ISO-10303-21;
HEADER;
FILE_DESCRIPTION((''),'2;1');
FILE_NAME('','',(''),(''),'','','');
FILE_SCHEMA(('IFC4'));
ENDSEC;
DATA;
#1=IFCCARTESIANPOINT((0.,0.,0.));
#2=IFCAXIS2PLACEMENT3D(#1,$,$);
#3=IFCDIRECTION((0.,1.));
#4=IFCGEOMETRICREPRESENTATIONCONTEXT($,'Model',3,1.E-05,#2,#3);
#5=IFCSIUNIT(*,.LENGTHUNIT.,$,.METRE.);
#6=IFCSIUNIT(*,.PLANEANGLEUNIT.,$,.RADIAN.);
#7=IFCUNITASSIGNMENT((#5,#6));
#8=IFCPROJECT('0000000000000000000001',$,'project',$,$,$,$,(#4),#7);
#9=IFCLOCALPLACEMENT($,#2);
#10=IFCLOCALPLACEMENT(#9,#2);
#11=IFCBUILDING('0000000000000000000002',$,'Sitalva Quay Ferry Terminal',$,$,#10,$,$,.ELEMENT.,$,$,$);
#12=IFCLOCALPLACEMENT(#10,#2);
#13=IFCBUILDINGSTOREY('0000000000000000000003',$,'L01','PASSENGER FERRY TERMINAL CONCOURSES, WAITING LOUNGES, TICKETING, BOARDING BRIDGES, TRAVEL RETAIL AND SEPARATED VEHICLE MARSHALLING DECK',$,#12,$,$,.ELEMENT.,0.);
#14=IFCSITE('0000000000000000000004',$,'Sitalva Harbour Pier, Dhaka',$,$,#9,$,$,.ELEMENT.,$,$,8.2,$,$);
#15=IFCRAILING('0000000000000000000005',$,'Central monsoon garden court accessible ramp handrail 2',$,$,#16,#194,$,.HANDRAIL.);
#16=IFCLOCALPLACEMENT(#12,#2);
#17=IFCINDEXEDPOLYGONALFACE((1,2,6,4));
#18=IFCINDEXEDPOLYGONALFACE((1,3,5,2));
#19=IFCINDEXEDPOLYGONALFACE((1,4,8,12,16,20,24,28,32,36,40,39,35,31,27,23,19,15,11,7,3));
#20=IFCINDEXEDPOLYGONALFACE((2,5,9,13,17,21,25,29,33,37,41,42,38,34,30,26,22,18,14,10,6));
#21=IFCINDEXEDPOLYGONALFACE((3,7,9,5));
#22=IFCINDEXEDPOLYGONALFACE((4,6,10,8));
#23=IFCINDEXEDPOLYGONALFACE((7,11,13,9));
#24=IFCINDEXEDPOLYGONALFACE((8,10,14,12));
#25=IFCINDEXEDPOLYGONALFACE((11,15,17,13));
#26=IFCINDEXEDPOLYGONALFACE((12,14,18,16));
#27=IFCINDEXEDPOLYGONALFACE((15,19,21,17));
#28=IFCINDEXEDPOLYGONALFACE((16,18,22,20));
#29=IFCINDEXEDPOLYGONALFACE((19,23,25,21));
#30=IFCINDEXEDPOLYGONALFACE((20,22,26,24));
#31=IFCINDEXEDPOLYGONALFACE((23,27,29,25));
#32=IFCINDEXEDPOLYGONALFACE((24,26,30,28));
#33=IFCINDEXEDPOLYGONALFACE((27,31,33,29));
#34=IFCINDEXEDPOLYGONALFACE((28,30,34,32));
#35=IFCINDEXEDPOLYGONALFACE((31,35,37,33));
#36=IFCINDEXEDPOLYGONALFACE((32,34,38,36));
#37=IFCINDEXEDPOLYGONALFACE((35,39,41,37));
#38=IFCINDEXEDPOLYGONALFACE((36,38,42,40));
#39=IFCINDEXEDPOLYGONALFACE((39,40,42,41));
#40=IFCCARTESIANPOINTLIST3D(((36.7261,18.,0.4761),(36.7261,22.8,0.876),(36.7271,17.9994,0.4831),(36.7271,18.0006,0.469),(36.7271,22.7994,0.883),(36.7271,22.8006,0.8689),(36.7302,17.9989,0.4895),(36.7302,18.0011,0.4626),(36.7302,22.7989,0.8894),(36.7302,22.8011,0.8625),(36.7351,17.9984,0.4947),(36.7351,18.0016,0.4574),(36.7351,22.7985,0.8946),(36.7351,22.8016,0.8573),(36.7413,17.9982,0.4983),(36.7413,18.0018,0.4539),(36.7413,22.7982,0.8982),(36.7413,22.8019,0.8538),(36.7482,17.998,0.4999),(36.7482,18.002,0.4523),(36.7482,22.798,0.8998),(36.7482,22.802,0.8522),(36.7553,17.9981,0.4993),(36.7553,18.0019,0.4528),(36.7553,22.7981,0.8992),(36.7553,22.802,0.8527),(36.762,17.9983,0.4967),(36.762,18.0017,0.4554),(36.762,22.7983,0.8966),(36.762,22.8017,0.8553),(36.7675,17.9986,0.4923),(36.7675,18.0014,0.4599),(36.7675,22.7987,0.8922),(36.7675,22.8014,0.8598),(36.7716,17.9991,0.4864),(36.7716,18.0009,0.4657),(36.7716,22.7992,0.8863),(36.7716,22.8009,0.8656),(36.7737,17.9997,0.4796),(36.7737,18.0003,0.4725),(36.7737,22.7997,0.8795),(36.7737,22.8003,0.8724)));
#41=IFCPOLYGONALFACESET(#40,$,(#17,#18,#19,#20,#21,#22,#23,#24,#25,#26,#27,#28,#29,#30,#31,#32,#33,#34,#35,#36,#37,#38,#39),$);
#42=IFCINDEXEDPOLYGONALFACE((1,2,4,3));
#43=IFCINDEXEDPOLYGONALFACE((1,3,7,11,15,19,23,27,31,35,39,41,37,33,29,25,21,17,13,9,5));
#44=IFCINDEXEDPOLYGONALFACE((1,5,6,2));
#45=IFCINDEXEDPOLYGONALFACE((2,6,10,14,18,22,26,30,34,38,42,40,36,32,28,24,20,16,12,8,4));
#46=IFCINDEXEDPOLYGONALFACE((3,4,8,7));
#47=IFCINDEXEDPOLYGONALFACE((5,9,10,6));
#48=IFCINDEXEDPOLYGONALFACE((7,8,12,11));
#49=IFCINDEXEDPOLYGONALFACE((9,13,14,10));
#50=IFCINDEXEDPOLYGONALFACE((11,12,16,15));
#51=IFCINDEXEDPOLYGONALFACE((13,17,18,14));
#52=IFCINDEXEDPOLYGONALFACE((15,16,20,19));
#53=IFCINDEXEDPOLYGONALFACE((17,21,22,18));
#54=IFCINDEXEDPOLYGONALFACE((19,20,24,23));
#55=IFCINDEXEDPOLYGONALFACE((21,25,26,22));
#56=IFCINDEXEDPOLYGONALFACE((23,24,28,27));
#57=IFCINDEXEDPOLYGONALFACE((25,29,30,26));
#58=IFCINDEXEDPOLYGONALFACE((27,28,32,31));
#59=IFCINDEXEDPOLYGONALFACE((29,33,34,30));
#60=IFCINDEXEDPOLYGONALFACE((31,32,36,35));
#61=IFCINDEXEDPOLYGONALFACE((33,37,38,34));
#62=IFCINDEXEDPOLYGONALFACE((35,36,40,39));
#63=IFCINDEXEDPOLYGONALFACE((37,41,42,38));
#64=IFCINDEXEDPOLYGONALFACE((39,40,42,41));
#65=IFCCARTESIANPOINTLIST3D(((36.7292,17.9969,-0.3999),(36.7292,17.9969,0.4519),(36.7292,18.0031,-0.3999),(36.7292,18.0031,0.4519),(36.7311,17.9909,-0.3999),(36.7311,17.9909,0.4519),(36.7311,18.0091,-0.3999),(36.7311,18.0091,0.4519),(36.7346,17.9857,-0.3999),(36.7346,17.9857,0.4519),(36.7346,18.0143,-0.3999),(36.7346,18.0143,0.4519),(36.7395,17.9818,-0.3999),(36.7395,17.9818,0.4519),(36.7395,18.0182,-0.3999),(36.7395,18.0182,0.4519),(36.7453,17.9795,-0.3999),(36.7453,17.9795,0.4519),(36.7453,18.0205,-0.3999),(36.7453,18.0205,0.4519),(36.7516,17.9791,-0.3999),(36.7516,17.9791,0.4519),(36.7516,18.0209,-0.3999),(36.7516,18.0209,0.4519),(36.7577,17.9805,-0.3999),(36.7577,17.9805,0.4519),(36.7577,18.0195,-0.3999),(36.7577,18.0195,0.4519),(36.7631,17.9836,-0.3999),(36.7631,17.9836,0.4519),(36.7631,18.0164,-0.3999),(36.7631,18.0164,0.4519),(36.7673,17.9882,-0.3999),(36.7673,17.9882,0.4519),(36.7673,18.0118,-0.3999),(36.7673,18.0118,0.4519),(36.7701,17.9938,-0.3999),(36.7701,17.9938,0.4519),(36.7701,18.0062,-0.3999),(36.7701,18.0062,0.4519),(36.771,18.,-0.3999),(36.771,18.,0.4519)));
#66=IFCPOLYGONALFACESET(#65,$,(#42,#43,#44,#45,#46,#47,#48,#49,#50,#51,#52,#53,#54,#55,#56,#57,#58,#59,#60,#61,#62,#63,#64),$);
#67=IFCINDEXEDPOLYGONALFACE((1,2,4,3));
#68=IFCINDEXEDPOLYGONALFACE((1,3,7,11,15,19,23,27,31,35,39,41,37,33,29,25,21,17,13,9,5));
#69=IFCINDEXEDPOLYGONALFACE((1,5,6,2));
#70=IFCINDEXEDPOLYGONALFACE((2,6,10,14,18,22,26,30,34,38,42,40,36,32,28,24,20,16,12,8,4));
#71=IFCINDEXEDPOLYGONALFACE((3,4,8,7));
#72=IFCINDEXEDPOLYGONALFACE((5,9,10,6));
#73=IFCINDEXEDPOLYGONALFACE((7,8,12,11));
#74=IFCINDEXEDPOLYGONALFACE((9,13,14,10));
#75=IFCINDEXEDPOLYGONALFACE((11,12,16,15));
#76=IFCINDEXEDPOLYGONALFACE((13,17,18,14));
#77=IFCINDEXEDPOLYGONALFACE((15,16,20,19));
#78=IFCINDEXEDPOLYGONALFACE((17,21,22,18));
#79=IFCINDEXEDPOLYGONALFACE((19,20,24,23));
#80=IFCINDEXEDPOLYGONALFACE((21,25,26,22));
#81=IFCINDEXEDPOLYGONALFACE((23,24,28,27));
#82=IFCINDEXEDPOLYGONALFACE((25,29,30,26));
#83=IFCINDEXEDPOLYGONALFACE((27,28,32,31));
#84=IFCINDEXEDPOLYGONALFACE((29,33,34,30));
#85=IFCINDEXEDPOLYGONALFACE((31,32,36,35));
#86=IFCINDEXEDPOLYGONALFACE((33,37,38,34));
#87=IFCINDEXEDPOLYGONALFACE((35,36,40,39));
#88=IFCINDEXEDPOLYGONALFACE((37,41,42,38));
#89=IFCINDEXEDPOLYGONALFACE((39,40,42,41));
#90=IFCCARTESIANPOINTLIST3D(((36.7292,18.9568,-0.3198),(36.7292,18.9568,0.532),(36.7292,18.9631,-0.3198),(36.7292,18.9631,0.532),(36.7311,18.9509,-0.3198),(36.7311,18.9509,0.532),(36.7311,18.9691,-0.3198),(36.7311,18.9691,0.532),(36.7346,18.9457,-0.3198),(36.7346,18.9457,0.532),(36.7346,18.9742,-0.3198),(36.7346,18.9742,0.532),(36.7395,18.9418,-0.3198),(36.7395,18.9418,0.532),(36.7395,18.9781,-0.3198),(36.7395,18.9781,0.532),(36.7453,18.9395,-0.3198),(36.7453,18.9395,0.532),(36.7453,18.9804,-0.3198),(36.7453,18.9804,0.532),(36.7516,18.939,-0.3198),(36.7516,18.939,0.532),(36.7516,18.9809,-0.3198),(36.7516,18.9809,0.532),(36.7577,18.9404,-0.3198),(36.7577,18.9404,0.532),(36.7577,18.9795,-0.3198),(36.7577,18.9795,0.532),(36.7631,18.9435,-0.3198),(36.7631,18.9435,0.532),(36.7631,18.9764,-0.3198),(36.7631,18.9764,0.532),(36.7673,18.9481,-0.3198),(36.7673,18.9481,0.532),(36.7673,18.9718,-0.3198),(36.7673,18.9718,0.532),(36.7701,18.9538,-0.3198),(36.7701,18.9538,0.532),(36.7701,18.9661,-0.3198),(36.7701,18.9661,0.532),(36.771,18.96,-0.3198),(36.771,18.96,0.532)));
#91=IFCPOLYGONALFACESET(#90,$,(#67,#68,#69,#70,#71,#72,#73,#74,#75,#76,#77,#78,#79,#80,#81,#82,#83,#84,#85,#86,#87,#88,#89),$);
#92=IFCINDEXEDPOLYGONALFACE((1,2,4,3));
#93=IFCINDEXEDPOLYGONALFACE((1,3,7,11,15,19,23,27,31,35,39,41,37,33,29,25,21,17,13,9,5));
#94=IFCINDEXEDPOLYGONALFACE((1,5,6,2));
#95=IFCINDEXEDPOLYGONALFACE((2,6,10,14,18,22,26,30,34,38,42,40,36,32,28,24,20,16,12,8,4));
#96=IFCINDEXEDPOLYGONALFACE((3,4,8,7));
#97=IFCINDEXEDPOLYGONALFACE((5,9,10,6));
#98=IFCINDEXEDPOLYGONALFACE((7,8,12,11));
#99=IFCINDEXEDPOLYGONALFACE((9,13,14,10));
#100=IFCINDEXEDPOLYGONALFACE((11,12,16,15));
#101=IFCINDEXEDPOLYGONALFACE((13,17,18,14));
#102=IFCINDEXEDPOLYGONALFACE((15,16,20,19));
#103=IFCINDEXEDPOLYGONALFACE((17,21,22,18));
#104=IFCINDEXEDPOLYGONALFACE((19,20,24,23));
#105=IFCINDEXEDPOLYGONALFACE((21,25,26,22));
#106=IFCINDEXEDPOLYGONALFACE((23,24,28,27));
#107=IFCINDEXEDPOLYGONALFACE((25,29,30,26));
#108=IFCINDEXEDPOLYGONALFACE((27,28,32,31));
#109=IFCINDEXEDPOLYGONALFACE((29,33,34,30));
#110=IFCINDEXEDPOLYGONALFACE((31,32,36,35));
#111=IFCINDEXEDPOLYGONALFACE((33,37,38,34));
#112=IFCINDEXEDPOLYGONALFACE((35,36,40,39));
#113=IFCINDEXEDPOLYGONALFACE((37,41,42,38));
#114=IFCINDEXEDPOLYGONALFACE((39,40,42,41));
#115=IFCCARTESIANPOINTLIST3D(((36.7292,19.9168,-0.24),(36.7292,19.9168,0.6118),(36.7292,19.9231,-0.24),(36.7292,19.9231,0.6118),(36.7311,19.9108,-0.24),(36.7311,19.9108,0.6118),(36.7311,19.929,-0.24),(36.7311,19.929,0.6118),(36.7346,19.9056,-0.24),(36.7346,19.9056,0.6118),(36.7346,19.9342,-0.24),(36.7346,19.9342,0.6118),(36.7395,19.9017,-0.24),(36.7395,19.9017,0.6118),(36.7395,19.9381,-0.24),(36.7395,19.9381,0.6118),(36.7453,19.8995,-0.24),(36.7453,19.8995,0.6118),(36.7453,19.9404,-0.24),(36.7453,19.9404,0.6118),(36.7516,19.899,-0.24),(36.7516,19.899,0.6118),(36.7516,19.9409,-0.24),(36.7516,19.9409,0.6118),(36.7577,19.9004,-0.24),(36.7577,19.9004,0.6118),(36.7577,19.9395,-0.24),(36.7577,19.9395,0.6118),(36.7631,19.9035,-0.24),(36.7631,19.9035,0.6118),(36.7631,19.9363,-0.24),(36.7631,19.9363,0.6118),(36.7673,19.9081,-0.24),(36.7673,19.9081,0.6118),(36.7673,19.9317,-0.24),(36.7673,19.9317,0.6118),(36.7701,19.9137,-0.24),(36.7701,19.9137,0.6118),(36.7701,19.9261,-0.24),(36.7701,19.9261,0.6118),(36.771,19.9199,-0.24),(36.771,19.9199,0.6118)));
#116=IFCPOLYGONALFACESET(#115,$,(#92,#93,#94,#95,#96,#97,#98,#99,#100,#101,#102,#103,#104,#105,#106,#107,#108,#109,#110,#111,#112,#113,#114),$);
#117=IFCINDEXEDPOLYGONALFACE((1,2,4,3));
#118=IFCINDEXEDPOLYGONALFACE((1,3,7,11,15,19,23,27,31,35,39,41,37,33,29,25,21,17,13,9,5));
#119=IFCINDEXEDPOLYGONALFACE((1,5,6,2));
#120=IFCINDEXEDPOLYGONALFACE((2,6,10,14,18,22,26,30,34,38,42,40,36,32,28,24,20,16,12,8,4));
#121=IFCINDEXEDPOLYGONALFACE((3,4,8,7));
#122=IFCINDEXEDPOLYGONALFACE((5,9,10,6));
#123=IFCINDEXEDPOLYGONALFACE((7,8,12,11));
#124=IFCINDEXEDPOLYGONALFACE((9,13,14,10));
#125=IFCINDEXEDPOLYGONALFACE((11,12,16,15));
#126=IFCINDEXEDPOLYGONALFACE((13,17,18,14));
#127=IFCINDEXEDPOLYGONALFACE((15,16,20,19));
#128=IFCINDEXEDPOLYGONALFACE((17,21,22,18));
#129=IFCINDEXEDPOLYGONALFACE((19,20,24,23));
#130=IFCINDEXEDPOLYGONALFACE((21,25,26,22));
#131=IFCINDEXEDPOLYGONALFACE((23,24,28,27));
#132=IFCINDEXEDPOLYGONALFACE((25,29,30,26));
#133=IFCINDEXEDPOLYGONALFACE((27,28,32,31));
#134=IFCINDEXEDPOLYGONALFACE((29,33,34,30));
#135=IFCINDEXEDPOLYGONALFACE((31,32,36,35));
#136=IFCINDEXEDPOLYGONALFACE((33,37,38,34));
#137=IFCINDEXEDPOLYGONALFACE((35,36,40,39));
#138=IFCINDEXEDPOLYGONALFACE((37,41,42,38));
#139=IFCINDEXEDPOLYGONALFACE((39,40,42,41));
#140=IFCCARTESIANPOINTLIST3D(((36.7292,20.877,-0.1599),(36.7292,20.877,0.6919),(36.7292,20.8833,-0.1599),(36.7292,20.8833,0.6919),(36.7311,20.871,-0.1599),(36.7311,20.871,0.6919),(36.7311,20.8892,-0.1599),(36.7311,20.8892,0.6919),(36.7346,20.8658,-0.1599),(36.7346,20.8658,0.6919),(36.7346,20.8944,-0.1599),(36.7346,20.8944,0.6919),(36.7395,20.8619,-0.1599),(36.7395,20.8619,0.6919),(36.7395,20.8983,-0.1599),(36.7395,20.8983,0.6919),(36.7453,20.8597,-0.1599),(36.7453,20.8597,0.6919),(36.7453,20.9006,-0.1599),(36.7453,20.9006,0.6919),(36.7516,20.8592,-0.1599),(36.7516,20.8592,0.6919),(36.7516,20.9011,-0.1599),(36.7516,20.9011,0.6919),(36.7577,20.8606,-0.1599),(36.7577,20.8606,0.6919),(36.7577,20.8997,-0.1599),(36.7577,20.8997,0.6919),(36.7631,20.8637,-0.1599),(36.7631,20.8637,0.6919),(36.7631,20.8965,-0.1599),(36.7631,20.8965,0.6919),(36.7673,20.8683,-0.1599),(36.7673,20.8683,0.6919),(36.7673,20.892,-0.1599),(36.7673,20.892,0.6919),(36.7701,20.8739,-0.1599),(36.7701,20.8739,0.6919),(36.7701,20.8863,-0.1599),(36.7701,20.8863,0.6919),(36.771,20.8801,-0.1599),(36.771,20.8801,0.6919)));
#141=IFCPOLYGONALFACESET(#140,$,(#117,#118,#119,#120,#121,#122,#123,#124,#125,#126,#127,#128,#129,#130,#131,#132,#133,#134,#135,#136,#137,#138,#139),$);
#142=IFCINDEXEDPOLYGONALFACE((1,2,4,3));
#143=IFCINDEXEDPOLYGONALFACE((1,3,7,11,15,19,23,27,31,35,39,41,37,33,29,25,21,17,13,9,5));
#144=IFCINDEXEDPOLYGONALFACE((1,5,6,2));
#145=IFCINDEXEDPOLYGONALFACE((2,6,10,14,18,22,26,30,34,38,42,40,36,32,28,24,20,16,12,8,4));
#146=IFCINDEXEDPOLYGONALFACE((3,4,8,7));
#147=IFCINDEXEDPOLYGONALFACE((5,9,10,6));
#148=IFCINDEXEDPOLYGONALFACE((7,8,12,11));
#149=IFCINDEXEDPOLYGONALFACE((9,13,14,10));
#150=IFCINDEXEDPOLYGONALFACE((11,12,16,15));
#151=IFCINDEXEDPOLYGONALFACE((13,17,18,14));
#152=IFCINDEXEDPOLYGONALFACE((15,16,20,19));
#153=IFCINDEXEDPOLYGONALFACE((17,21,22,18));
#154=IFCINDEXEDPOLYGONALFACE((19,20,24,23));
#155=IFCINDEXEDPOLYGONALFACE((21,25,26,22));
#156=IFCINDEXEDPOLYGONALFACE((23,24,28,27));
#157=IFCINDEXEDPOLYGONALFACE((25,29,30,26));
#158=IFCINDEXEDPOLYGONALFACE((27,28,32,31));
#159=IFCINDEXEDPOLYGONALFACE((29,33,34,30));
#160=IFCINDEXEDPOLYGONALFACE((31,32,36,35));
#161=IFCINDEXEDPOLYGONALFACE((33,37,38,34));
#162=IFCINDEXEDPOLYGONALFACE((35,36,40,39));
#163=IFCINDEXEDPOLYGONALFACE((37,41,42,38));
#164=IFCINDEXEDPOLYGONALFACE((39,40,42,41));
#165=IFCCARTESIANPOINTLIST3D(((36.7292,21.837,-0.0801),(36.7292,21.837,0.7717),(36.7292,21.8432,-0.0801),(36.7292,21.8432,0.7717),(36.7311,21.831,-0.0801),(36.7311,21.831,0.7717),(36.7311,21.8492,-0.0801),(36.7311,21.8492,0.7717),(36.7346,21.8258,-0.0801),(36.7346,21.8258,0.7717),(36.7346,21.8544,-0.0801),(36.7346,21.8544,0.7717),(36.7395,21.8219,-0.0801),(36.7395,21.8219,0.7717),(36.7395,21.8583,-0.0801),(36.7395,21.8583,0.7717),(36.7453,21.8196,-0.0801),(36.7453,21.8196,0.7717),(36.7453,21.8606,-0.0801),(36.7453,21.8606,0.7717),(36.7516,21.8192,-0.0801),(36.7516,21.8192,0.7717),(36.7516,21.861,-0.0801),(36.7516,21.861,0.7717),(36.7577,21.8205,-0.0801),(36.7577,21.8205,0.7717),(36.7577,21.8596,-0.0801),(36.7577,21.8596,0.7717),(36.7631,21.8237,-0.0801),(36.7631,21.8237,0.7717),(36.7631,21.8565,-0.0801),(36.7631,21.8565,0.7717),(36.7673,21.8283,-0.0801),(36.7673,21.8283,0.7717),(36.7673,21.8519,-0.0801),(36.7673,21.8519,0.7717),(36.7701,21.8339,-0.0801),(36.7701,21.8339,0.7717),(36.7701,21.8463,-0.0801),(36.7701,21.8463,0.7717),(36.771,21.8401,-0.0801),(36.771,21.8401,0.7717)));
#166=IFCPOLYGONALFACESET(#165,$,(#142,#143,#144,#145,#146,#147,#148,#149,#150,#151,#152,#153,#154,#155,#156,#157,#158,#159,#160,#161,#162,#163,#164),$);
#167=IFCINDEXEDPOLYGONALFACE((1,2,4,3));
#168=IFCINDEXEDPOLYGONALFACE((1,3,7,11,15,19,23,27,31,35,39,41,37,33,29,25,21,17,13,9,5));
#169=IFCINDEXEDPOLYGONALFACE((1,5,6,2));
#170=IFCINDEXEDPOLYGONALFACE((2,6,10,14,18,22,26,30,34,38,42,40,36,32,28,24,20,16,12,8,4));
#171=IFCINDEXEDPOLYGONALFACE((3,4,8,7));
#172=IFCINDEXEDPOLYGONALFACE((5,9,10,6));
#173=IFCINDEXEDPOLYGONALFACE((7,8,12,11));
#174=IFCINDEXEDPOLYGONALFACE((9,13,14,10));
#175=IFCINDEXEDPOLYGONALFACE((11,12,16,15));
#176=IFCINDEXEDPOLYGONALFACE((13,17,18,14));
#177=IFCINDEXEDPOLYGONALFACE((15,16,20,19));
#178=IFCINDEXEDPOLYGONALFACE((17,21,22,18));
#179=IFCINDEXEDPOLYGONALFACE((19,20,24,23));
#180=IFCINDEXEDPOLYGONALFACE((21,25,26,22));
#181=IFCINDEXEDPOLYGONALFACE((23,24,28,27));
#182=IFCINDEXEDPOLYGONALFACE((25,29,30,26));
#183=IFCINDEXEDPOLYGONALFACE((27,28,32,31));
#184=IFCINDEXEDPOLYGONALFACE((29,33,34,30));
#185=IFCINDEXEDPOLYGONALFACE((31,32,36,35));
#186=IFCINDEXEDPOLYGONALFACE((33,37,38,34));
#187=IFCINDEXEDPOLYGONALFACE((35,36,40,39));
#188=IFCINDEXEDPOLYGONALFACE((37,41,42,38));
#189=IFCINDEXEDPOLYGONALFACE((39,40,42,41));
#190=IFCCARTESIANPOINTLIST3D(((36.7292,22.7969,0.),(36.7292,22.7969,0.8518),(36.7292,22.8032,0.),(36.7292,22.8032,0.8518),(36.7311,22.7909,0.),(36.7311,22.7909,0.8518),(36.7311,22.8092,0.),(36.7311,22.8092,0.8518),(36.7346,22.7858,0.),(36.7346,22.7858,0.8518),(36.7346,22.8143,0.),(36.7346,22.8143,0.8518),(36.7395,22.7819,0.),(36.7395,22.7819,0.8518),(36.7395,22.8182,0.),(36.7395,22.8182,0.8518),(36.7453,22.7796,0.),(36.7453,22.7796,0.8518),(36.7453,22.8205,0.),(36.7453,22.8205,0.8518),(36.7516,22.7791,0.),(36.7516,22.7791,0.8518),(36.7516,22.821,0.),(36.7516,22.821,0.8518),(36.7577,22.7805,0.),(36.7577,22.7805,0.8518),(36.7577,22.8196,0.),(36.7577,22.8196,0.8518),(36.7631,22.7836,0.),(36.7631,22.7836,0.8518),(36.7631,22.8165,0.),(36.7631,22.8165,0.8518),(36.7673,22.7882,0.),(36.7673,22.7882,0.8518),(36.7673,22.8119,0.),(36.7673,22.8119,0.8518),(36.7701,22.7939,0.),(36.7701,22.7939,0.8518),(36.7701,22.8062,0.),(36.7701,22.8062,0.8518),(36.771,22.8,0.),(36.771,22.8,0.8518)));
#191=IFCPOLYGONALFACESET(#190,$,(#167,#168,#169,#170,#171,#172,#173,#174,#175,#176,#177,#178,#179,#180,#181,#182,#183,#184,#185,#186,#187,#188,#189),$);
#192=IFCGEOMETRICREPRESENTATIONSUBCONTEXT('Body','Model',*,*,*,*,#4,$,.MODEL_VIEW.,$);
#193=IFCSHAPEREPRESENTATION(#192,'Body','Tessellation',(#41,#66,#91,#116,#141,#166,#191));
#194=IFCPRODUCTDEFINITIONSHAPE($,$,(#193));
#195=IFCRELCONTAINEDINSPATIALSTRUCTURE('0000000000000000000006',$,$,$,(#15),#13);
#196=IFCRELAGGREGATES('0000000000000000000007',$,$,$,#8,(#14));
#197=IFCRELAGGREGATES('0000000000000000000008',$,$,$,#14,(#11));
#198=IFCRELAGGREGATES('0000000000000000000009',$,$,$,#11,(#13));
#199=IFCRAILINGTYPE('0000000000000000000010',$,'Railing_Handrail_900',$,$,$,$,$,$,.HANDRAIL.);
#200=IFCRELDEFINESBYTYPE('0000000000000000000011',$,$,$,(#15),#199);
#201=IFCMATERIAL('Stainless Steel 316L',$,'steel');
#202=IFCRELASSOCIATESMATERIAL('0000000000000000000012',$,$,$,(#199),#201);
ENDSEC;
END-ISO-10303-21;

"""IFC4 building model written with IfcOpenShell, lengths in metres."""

from ifc_helpers import new_model, si_unit, direction, frame, origin, origin_2d, place, context, subcontext, project, spatial, circle, extrude, material, type_object, element, save


model = new_model("IFC4")

# Units and contexts
model_context = context("Model", 3, precision=1e-05, world=origin(), true_north=direction((0.0, 1.0)))
body_context = subcontext(model_context, "Body", "Model", "MODEL_VIEW")
ifc_project = project(units=[si_unit("LENGTHUNIT", "METRE"), si_unit("PLANEANGLEUNIT", "RADIAN")], contexts=[model_context])

# Site, building, storey
site_placement = place(None, origin())
site = spatial("IfcSite", under=ifc_project, at=site_placement, Name="Sitalva Harbour Pier, Dhaka", CompositionType="ELEMENT", RefElevation=8.2)
building_placement = place(site_placement, origin())
building = spatial("IfcBuilding", under=site, at=building_placement, Name="Sitalva Quay Ferry Terminal", CompositionType="ELEMENT")
storey_placement = place(building_placement, origin())
storey = spatial("IfcBuildingStorey", under=building, at=storey_placement, Name="L01", Description="PASSENGER FERRY TERMINAL CONCOURSES, WAITING LOUNGES, TICKETING, BOARDING BRIDGES, TRAVEL RETAIL AND SEPARATED VEHICLE MARSHALLING DECK", CompositionType="ELEMENT", Elevation=0.0)

# Railing
ifc_material_1 = material(Name="Stainless Steel 316L", Category="steel")
railing_type = type_object("IfcRailingType", Name="Railing_Handrail_900", PredefinedType="HANDRAIL", material=ifc_material_1)
for number, where, name in (
    (1, (36.75, 18.0, -0.3999), "Central monsoon garden court accessible ramp handrail 2"),
):
    element("IfcRailing", number, at=place(storey_placement, frame(where)), inside=storey, type_object=railing_type, Name=name, PredefinedType="HANDRAIL", context=body_context, shape_type="SweptSolid", body=[
        extrude(circle(Radius=0.0239, at=origin_2d()), frame((0.0, 0.0, 0.876), z_axis=(0.0, 0.996548, 0.083025), x_axis=(-1.0, 0.0, 0.0)), (0.0, 0.0, 1.0), 4.8167),
        extrude(circle(Radius=0.021, at=origin_2d()), origin(), (0.0, 0.0, 1.0), 0.8518),
        extrude(circle(Radius=0.021, at=origin_2d()), frame((0.0, 0.96, 0.0801)), (0.0, 0.0, 1.0), 0.8518),
        extrude(circle(Radius=0.021, at=origin_2d()), frame((0.0, 1.9199, 0.1599)), (0.0, 0.0, 1.0), 0.8518),
        extrude(circle(Radius=0.021, at=origin_2d()), frame((0.0, 2.8801, 0.24)), (0.0, 0.0, 1.0), 0.8518),
        extrude(circle(Radius=0.021, at=origin_2d()), frame((0.0, 3.8401, 0.3198)), (0.0, 0.0, 1.0), 0.8518),
        extrude(circle(Radius=0.021, at=origin_2d()), frame((0.0, 4.8, 0.3999)), (0.0, 0.0, 1.0), 0.8518),
    ])

save(model, "model.ifc")
